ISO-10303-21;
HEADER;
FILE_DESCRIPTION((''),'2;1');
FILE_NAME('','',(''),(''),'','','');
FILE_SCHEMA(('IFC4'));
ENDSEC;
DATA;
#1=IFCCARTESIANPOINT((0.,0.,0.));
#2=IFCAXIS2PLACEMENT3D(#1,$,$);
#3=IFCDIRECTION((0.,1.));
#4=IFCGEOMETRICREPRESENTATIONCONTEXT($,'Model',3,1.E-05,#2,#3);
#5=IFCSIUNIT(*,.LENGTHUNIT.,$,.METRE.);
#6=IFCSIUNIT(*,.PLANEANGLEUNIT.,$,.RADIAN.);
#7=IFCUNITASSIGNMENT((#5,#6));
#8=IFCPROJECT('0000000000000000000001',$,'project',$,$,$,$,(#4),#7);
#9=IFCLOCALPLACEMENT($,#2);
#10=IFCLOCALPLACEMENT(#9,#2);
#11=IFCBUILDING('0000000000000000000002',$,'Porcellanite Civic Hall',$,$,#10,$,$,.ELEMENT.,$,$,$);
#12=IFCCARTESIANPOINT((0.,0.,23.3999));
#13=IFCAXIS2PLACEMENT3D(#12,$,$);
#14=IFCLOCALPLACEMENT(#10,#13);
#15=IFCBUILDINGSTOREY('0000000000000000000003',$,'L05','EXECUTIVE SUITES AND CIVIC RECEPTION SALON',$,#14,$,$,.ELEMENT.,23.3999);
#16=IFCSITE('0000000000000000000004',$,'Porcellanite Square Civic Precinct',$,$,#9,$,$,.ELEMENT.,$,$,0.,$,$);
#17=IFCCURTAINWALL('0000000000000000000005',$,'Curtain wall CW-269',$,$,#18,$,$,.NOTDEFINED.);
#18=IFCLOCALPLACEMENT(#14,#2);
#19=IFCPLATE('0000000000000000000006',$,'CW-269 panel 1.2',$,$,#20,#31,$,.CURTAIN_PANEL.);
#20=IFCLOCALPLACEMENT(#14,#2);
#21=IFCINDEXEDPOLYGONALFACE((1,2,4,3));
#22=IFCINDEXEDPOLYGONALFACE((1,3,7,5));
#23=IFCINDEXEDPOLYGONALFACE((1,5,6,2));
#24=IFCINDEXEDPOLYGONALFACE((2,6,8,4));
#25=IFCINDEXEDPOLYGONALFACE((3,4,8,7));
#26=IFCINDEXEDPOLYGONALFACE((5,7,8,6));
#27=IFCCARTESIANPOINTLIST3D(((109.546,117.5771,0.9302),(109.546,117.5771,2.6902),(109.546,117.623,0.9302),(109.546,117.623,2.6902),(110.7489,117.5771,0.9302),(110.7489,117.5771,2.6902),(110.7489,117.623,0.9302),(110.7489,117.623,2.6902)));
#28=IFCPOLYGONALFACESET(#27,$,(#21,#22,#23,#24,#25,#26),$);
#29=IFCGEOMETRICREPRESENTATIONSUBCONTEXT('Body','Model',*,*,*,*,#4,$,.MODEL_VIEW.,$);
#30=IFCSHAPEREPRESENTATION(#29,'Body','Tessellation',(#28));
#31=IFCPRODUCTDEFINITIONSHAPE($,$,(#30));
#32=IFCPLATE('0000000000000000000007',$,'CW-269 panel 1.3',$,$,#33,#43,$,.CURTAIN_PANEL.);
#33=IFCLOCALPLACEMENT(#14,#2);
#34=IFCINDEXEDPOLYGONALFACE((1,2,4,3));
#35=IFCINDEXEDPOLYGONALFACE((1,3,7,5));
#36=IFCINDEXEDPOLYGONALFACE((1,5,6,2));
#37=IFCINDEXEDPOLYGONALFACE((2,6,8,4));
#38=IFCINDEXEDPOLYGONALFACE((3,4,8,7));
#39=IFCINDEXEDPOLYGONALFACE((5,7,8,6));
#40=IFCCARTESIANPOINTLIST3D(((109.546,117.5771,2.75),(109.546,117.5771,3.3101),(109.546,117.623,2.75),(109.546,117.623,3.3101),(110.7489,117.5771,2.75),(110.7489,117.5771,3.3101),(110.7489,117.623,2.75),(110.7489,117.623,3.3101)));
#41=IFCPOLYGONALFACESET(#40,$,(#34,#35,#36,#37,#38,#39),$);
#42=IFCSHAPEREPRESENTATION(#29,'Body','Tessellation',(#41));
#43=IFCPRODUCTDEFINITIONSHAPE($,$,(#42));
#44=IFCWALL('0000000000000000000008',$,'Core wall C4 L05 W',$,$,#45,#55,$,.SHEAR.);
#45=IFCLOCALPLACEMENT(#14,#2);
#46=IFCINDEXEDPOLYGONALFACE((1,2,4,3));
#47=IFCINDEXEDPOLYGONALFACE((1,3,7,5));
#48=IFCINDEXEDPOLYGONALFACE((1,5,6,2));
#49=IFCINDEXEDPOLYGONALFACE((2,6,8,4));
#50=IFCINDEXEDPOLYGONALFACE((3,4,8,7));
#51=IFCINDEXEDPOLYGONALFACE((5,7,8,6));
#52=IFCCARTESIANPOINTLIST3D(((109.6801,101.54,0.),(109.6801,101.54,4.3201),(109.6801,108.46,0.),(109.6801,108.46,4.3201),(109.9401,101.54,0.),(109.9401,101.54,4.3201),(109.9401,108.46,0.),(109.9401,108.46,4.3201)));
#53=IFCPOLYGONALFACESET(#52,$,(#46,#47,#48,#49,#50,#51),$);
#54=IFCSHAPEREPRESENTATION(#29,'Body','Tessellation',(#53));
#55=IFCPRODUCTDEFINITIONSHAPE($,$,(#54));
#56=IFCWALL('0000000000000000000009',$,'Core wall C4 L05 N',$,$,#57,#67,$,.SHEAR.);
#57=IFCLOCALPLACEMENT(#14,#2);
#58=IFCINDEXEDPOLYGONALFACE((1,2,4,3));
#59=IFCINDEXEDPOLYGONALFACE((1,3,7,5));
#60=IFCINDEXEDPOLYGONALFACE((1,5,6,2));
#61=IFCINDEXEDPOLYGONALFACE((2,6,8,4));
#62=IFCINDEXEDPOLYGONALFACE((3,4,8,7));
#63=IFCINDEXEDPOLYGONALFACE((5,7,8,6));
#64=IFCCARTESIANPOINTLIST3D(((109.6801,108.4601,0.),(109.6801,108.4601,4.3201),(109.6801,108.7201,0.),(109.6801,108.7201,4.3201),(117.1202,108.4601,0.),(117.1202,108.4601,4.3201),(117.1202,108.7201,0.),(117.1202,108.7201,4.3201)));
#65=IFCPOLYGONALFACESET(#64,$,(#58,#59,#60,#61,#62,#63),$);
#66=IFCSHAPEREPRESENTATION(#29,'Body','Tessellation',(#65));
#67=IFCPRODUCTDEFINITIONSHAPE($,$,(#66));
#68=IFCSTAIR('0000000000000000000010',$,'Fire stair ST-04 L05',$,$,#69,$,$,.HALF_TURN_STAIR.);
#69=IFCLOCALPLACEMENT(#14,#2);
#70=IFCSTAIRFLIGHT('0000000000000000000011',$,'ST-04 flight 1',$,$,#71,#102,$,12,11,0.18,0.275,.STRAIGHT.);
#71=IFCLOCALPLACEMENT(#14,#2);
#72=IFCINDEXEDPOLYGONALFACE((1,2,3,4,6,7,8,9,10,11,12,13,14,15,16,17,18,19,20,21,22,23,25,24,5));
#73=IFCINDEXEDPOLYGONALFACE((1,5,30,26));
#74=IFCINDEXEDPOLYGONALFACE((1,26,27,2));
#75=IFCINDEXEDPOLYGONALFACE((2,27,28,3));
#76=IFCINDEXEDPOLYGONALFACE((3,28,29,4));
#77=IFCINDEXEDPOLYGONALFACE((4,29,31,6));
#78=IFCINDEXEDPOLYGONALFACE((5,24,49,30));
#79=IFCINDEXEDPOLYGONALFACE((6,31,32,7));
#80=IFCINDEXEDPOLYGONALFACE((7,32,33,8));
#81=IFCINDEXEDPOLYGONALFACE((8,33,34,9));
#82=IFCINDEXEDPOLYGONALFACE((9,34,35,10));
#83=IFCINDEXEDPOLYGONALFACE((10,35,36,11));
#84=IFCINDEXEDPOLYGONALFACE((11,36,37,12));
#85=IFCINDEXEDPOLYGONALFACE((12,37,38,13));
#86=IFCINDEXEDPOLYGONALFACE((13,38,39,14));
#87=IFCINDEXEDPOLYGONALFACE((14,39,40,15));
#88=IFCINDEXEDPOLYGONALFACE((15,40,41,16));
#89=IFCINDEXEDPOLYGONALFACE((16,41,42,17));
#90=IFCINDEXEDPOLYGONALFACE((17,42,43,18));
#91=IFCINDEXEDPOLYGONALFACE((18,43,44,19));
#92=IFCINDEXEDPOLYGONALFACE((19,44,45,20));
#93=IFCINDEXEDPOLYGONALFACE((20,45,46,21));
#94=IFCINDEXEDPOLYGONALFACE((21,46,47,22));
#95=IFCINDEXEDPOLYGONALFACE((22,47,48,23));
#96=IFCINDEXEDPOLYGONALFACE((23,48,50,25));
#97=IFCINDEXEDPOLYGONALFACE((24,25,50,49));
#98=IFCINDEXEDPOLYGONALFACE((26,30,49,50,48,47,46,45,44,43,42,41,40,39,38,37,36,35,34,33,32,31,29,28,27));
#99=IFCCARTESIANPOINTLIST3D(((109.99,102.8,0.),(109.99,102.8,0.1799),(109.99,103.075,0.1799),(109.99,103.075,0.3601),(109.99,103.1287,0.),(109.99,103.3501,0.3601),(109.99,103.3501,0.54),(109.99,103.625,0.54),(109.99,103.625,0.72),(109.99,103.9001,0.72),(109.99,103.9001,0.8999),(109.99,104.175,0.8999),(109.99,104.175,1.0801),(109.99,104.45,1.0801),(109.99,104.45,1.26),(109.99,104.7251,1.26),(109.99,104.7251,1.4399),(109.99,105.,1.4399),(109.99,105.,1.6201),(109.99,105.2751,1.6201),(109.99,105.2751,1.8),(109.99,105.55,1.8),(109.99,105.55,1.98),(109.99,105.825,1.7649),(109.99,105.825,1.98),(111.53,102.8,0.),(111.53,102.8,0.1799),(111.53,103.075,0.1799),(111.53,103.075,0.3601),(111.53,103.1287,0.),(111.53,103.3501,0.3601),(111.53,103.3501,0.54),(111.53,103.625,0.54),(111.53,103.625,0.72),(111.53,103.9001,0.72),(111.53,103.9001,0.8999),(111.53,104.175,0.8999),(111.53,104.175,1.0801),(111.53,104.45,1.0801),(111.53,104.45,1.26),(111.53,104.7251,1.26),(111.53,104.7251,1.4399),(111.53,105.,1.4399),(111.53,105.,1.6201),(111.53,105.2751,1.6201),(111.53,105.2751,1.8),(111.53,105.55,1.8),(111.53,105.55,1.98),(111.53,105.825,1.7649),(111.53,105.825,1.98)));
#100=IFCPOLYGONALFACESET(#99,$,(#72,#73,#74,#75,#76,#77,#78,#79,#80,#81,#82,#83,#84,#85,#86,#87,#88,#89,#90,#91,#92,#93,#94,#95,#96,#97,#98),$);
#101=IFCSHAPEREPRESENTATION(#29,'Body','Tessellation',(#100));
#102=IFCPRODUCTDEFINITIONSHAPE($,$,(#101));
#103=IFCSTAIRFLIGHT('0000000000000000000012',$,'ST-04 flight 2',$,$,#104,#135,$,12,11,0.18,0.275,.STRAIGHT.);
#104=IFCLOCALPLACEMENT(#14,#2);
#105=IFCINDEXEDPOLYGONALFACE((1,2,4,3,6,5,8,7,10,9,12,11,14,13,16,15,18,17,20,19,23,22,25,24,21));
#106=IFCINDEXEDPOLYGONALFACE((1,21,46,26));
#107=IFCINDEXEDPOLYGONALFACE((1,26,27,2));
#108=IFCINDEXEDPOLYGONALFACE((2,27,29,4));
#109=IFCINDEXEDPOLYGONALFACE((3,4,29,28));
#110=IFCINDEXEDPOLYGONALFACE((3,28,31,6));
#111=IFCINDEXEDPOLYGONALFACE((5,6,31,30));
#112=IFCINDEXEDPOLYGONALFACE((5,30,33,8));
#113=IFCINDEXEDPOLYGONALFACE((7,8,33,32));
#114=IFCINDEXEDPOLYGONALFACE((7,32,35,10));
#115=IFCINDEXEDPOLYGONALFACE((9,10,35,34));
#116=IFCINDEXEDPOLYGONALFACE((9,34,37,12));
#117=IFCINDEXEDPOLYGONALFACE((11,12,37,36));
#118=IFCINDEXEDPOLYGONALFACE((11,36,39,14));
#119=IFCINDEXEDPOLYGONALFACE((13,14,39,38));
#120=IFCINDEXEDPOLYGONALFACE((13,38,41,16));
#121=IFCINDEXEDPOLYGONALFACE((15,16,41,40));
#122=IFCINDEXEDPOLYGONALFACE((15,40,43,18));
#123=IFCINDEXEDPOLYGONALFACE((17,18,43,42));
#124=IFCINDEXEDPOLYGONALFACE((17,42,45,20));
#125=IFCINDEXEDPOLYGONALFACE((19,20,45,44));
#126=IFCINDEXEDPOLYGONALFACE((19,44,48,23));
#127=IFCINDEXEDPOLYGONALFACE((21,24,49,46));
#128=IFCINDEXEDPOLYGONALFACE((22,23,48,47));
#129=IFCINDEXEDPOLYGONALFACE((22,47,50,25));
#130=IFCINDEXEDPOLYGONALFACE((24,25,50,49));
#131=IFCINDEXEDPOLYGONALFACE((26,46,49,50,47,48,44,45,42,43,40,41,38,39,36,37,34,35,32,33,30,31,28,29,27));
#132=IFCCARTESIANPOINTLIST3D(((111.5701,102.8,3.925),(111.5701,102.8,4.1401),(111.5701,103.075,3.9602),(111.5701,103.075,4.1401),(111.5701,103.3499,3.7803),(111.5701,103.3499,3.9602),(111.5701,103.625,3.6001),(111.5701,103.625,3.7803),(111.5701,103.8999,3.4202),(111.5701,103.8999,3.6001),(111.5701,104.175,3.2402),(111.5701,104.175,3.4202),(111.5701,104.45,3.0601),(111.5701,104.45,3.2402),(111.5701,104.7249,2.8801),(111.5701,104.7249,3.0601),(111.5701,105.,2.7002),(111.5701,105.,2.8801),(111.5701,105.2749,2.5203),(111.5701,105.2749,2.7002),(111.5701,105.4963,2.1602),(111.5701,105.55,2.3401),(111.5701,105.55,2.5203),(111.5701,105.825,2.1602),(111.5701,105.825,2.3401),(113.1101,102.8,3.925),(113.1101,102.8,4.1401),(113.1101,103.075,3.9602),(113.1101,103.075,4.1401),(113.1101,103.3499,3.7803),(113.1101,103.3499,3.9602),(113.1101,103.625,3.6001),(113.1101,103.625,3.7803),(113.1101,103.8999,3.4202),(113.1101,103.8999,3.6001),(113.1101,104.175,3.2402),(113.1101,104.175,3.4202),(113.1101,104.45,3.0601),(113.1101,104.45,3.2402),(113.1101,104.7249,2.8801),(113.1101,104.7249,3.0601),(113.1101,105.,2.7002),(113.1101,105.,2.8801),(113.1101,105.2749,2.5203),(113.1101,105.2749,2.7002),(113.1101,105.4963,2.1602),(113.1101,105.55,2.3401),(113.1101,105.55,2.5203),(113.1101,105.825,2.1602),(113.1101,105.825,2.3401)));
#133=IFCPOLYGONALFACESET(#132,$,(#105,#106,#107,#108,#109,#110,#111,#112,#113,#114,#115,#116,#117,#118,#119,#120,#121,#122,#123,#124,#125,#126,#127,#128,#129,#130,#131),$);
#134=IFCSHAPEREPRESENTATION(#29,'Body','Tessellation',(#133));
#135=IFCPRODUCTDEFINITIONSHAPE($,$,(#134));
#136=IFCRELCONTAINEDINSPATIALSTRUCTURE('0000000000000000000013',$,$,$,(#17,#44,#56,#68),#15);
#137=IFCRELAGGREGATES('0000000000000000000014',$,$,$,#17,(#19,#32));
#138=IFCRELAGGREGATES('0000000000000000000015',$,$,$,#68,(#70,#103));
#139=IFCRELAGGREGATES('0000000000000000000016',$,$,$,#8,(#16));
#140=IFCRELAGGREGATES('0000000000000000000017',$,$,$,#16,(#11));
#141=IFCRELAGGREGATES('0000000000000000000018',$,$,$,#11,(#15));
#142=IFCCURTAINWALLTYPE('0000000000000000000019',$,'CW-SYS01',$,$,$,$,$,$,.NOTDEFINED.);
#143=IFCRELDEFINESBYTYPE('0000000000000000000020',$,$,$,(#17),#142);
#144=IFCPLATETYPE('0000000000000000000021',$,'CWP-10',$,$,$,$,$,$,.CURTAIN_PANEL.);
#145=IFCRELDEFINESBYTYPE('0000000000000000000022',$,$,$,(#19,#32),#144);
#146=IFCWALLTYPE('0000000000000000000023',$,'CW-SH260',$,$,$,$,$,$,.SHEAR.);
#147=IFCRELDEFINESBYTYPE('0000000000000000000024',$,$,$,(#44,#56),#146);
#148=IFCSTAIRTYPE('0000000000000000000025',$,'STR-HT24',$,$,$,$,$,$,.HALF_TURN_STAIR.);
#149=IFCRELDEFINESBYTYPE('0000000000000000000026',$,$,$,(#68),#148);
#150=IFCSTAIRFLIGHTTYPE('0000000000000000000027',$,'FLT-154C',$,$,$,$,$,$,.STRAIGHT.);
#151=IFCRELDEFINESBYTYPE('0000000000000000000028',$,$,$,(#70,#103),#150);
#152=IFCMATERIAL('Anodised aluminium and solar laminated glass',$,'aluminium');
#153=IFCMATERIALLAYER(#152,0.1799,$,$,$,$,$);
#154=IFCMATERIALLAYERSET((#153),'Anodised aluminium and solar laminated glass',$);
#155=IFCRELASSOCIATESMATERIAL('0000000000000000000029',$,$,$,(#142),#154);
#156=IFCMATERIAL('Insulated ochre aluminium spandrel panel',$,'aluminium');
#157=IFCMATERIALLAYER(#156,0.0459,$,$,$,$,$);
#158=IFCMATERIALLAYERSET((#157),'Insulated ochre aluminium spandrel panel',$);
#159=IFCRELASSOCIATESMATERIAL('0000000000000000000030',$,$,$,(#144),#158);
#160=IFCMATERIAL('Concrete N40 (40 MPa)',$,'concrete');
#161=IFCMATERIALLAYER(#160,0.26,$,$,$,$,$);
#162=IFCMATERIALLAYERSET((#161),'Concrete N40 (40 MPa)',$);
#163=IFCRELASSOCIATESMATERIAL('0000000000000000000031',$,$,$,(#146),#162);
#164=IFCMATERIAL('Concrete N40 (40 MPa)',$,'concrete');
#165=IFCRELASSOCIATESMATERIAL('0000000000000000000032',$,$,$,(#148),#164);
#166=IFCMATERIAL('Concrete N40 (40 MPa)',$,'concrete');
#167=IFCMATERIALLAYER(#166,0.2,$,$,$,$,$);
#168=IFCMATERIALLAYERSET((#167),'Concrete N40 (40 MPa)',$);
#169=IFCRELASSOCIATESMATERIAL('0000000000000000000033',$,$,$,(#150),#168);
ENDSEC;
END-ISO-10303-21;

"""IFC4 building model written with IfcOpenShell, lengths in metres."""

from ifc_helpers import new_model, si_unit, direction, frame, frame_2d, origin, origin_2d, place, context, subcontext, project, spatial, polyline, rectangle, outline, extrude, material, layer, layer_set, type_object, element, aggregate, save


model = new_model("IFC4")

# Units and contexts
model_context = context("Model", 3, precision=1e-05, world=origin(), true_north=direction((0.0, 1.0)))
body_context = subcontext(model_context, "Body", "Model", "MODEL_VIEW")
ifc_project = project(units=[si_unit("LENGTHUNIT", "METRE"), si_unit("PLANEANGLEUNIT", "RADIAN")], contexts=[model_context])

# Site, building, storey
site_placement = place(None, origin())
site = spatial("IfcSite", under=ifc_project, at=site_placement, Name="Porcellanite Square Civic Precinct", CompositionType="ELEMENT", RefElevation=0.0)
building_placement = place(site_placement, origin())
building = spatial("IfcBuilding", under=site, at=building_placement, Name="Porcellanite Civic Hall", CompositionType="ELEMENT")
storey_placement = place(building_placement, frame((0.0, 0.0, 23.3999)))
storey = spatial("IfcBuildingStorey", under=building, at=storey_placement, Name="L05", Description="EXECUTIVE SUITES AND CIVIC RECEPTION SALON", CompositionType="ELEMENT", Elevation=23.3999)

# Curtain wall
ifc_material_1 = material(Name="Anodised aluminium and solar laminated glass", Category="aluminium")
ifc_layer_1 = layer(ifc_material_1, 0.1799)
ifc_layer_set_1 = layer_set([ifc_layer_1], Name="Anodised aluminium and solar laminated glass")
curtain_wall_type = type_object("IfcCurtainWallType", Name="CW-SYS01", PredefinedType="NOTDEFINED", material=ifc_layer_set_1)
curtain_wall_placement = place(storey_placement, origin())
curtain_wall = element("IfcCurtainWall", 1, at=curtain_wall_placement, inside=storey, type_object=curtain_wall_type, Name="Curtain wall CW-269", PredefinedType="NOTDEFINED")

# Plates
ifc_material_2 = material(Name="Insulated ochre aluminium spandrel panel", Category="aluminium")
ifc_layer_2 = layer(ifc_material_2, 0.0459)
ifc_layer_set_2 = layer_set([ifc_layer_2], Name="Insulated ochre aluminium spandrel panel")
plate_type = type_object("IfcPlateType", Name="CWP-10", PredefinedType="CURTAIN_PANEL", material=ifc_layer_set_2)
plate_1_placement = place(storey_placement, frame((110.1475, 117.6001, 0.9302), z_axis=(0.0, 0.0, 1.0), x_axis=(1.0, 0.0, 0.0)))
plate_1 = element("IfcPlate", 2, at=plate_1_placement, type_object=plate_type, Name="CW-269 panel 1.2", PredefinedType="CURTAIN_PANEL", context=body_context, shape_type="SweptSolid", body=[
    extrude(rectangle(XDim=1.2029, YDim=0.0459, at=origin_2d()), origin(), (0.0, 0.0, 1.0), 1.76),
])
plate_2_placement = place(storey_placement, frame((110.1475, 117.6001, 2.75), z_axis=(0.0, 0.0, 1.0), x_axis=(1.0, 0.0, 0.0)))
plate_2 = element("IfcPlate", 3, at=plate_2_placement, type_object=plate_type, Name="CW-269 panel 1.3", PredefinedType="CURTAIN_PANEL", context=body_context, shape_type="SweptSolid", body=[
    extrude(rectangle(XDim=1.2029, YDim=0.0459, at=origin_2d()), origin(), (0.0, 0.0, 1.0), 0.5601),
])
aggregate(curtain_wall, [plate_1, plate_2])

# Walls
ifc_material_3 = material(Name="Concrete N40 (40 MPa)", Category="concrete")
ifc_layer_3 = layer(ifc_material_3, 0.26)
ifc_layer_set_3 = layer_set([ifc_layer_3], Name="Concrete N40 (40 MPa)")
wall_type_1 = type_object("IfcWallType", Name="CW-SH260", PredefinedType="SHEAR", material=ifc_layer_set_3)
wall_1_placement = place(storey_placement, frame((109.8101, 101.54, 0.0), z_axis=(0.0, 0.0, 1.0), x_axis=(0.0, 1.0, 0.0)))
element("IfcWall", 4, at=wall_1_placement, inside=storey, type_object=wall_type_1, Name="Core wall C4 L05 W", PredefinedType="SHEAR", context=body_context, shape_type="SweptSolid", body=[
    extrude(rectangle(XDim=6.9199, YDim=0.26, at=frame_2d((3.46, 0.0))), origin(), (0.0, 0.0, 1.0), 4.3201),
])
wall_2_placement = place(storey_placement, frame((109.6799, 108.5901, 0.0), z_axis=(0.0, 0.0, 1.0), x_axis=(1.0, 0.0, 0.0)))
element("IfcWall", 5, at=wall_2_placement, inside=storey, type_object=wall_type_1, Name="Core wall C4 L05 N", PredefinedType="SHEAR", context=body_context, shape_type="SweptSolid", body=[
    extrude(rectangle(XDim=7.4402, YDim=0.26, at=frame_2d((3.7202, 0.0))), origin(), (0.0, 0.0, 1.0), 4.3201),
])

# Stair, stair flights
ifc_material_4 = material(Name="Concrete N40 (40 MPa)", Category="concrete")
stair_type = type_object("IfcStairType", Name="STR-HT24", PredefinedType="HALF_TURN_STAIR", material=ifc_material_4)
stair_placement = place(storey_placement, origin())
stair = element("IfcStair", 6, at=stair_placement, inside=storey, type_object=stair_type, Name="Fire stair ST-04 L05", PredefinedType="HALF_TURN_STAIR")
ifc_material_5 = material(Name="Concrete N40 (40 MPa)", Category="concrete")
ifc_layer_4 = layer(ifc_material_5, 0.2)
ifc_layer_set_4 = layer_set([ifc_layer_4], Name="Concrete N40 (40 MPa)")
stair_flight_type = type_object("IfcStairFlightType", Name="FLT-154C", PredefinedType="STRAIGHT", material=ifc_layer_set_4)
stair_flight_1_placement = place(storey_placement, frame((110.76, 102.8, 0.0), z_axis=(0.0, 0.0, 1.0), x_axis=(0.0, 1.0, 0.0)))
stair_flight_1 = element("IfcStairFlight", 7, at=stair_flight_1_placement, type_object=stair_flight_type, Name="ST-04 flight 1", NumberOfRisers=12, NumberOfTreads=11, PredefinedType="STRAIGHT", RiserHeight=0.18, TreadLength=0.275, context=body_context, shape_type="SweptSolid", body=[
    extrude(outline(polyline([(0.0, 0.0), (0.0, 0.1799), (0.2749, 0.1799), (0.2749, 0.3601), (0.55, 0.3601), (0.55, 0.54), (0.825, 0.54), (0.825, 0.72), (1.1001, 0.72), (1.1001, 0.8999), (1.375, 0.8999), (1.375, 1.0801), (1.6499, 1.0801), (1.6499, 1.26), (1.925, 1.26), (1.925, 1.4399), (2.2, 1.4399), (2.2, 1.6201), (2.4751, 1.6201), (2.4751, 1.8), (2.75, 1.8), (2.75, 1.98), (3.0249, 1.98), (3.0249, 2.1599), (3.0249, 1.7649), (0.3286, 0.0), (0.0, 0.0)])), frame((0.0, 0.77, 0.0), z_axis=(0.0, -1.0, 0.0), x_axis=(1.0, 0.0, 0.0)), (0.0, 0.0, 1.0), 1.54),
])
stair_flight_2_placement = place(storey_placement, frame((112.3401, 105.825, 2.1602), z_axis=(0.0, 0.0, 1.0), x_axis=(0.0, -1.0, 0.0)))
stair_flight_2 = element("IfcStairFlight", 8, at=stair_flight_2_placement, type_object=stair_flight_type, Name="ST-04 flight 2", NumberOfRisers=12, NumberOfTreads=11, PredefinedType="STRAIGHT", RiserHeight=0.18, TreadLength=0.275, context=body_context, shape_type="SweptSolid", body=[
    extrude(outline(polyline([(0.0, 0.0), (0.0, 0.1799), (0.2749, 0.1799), (0.2749, 0.3601), (0.55, 0.3601), (0.55, 0.54), (0.825, 0.54), (0.825, 0.72), (1.1001, 0.72), (1.1001, 0.8999), (1.375, 0.8999), (1.375, 1.0801), (1.6499, 1.0801), (1.6499, 1.26), (1.925, 1.26), (1.925, 1.4399), (2.2, 1.4399), (2.2, 1.6201), (2.4751, 1.6201), (2.4751, 1.8), (2.75, 1.8), (2.75, 1.98), (3.0249, 1.98), (3.0249, 2.1599), (3.0249, 1.7649), (0.3286, 0.0), (0.0, 0.0)])), frame((0.0, 0.77, 0.0), z_axis=(0.0, -1.0, 0.0), x_axis=(1.0, 0.0, 0.0)), (0.0, 0.0, 1.0), 1.54),
])
aggregate(stair, [stair_flight_1, stair_flight_2])

save(model, "model.ifc")
